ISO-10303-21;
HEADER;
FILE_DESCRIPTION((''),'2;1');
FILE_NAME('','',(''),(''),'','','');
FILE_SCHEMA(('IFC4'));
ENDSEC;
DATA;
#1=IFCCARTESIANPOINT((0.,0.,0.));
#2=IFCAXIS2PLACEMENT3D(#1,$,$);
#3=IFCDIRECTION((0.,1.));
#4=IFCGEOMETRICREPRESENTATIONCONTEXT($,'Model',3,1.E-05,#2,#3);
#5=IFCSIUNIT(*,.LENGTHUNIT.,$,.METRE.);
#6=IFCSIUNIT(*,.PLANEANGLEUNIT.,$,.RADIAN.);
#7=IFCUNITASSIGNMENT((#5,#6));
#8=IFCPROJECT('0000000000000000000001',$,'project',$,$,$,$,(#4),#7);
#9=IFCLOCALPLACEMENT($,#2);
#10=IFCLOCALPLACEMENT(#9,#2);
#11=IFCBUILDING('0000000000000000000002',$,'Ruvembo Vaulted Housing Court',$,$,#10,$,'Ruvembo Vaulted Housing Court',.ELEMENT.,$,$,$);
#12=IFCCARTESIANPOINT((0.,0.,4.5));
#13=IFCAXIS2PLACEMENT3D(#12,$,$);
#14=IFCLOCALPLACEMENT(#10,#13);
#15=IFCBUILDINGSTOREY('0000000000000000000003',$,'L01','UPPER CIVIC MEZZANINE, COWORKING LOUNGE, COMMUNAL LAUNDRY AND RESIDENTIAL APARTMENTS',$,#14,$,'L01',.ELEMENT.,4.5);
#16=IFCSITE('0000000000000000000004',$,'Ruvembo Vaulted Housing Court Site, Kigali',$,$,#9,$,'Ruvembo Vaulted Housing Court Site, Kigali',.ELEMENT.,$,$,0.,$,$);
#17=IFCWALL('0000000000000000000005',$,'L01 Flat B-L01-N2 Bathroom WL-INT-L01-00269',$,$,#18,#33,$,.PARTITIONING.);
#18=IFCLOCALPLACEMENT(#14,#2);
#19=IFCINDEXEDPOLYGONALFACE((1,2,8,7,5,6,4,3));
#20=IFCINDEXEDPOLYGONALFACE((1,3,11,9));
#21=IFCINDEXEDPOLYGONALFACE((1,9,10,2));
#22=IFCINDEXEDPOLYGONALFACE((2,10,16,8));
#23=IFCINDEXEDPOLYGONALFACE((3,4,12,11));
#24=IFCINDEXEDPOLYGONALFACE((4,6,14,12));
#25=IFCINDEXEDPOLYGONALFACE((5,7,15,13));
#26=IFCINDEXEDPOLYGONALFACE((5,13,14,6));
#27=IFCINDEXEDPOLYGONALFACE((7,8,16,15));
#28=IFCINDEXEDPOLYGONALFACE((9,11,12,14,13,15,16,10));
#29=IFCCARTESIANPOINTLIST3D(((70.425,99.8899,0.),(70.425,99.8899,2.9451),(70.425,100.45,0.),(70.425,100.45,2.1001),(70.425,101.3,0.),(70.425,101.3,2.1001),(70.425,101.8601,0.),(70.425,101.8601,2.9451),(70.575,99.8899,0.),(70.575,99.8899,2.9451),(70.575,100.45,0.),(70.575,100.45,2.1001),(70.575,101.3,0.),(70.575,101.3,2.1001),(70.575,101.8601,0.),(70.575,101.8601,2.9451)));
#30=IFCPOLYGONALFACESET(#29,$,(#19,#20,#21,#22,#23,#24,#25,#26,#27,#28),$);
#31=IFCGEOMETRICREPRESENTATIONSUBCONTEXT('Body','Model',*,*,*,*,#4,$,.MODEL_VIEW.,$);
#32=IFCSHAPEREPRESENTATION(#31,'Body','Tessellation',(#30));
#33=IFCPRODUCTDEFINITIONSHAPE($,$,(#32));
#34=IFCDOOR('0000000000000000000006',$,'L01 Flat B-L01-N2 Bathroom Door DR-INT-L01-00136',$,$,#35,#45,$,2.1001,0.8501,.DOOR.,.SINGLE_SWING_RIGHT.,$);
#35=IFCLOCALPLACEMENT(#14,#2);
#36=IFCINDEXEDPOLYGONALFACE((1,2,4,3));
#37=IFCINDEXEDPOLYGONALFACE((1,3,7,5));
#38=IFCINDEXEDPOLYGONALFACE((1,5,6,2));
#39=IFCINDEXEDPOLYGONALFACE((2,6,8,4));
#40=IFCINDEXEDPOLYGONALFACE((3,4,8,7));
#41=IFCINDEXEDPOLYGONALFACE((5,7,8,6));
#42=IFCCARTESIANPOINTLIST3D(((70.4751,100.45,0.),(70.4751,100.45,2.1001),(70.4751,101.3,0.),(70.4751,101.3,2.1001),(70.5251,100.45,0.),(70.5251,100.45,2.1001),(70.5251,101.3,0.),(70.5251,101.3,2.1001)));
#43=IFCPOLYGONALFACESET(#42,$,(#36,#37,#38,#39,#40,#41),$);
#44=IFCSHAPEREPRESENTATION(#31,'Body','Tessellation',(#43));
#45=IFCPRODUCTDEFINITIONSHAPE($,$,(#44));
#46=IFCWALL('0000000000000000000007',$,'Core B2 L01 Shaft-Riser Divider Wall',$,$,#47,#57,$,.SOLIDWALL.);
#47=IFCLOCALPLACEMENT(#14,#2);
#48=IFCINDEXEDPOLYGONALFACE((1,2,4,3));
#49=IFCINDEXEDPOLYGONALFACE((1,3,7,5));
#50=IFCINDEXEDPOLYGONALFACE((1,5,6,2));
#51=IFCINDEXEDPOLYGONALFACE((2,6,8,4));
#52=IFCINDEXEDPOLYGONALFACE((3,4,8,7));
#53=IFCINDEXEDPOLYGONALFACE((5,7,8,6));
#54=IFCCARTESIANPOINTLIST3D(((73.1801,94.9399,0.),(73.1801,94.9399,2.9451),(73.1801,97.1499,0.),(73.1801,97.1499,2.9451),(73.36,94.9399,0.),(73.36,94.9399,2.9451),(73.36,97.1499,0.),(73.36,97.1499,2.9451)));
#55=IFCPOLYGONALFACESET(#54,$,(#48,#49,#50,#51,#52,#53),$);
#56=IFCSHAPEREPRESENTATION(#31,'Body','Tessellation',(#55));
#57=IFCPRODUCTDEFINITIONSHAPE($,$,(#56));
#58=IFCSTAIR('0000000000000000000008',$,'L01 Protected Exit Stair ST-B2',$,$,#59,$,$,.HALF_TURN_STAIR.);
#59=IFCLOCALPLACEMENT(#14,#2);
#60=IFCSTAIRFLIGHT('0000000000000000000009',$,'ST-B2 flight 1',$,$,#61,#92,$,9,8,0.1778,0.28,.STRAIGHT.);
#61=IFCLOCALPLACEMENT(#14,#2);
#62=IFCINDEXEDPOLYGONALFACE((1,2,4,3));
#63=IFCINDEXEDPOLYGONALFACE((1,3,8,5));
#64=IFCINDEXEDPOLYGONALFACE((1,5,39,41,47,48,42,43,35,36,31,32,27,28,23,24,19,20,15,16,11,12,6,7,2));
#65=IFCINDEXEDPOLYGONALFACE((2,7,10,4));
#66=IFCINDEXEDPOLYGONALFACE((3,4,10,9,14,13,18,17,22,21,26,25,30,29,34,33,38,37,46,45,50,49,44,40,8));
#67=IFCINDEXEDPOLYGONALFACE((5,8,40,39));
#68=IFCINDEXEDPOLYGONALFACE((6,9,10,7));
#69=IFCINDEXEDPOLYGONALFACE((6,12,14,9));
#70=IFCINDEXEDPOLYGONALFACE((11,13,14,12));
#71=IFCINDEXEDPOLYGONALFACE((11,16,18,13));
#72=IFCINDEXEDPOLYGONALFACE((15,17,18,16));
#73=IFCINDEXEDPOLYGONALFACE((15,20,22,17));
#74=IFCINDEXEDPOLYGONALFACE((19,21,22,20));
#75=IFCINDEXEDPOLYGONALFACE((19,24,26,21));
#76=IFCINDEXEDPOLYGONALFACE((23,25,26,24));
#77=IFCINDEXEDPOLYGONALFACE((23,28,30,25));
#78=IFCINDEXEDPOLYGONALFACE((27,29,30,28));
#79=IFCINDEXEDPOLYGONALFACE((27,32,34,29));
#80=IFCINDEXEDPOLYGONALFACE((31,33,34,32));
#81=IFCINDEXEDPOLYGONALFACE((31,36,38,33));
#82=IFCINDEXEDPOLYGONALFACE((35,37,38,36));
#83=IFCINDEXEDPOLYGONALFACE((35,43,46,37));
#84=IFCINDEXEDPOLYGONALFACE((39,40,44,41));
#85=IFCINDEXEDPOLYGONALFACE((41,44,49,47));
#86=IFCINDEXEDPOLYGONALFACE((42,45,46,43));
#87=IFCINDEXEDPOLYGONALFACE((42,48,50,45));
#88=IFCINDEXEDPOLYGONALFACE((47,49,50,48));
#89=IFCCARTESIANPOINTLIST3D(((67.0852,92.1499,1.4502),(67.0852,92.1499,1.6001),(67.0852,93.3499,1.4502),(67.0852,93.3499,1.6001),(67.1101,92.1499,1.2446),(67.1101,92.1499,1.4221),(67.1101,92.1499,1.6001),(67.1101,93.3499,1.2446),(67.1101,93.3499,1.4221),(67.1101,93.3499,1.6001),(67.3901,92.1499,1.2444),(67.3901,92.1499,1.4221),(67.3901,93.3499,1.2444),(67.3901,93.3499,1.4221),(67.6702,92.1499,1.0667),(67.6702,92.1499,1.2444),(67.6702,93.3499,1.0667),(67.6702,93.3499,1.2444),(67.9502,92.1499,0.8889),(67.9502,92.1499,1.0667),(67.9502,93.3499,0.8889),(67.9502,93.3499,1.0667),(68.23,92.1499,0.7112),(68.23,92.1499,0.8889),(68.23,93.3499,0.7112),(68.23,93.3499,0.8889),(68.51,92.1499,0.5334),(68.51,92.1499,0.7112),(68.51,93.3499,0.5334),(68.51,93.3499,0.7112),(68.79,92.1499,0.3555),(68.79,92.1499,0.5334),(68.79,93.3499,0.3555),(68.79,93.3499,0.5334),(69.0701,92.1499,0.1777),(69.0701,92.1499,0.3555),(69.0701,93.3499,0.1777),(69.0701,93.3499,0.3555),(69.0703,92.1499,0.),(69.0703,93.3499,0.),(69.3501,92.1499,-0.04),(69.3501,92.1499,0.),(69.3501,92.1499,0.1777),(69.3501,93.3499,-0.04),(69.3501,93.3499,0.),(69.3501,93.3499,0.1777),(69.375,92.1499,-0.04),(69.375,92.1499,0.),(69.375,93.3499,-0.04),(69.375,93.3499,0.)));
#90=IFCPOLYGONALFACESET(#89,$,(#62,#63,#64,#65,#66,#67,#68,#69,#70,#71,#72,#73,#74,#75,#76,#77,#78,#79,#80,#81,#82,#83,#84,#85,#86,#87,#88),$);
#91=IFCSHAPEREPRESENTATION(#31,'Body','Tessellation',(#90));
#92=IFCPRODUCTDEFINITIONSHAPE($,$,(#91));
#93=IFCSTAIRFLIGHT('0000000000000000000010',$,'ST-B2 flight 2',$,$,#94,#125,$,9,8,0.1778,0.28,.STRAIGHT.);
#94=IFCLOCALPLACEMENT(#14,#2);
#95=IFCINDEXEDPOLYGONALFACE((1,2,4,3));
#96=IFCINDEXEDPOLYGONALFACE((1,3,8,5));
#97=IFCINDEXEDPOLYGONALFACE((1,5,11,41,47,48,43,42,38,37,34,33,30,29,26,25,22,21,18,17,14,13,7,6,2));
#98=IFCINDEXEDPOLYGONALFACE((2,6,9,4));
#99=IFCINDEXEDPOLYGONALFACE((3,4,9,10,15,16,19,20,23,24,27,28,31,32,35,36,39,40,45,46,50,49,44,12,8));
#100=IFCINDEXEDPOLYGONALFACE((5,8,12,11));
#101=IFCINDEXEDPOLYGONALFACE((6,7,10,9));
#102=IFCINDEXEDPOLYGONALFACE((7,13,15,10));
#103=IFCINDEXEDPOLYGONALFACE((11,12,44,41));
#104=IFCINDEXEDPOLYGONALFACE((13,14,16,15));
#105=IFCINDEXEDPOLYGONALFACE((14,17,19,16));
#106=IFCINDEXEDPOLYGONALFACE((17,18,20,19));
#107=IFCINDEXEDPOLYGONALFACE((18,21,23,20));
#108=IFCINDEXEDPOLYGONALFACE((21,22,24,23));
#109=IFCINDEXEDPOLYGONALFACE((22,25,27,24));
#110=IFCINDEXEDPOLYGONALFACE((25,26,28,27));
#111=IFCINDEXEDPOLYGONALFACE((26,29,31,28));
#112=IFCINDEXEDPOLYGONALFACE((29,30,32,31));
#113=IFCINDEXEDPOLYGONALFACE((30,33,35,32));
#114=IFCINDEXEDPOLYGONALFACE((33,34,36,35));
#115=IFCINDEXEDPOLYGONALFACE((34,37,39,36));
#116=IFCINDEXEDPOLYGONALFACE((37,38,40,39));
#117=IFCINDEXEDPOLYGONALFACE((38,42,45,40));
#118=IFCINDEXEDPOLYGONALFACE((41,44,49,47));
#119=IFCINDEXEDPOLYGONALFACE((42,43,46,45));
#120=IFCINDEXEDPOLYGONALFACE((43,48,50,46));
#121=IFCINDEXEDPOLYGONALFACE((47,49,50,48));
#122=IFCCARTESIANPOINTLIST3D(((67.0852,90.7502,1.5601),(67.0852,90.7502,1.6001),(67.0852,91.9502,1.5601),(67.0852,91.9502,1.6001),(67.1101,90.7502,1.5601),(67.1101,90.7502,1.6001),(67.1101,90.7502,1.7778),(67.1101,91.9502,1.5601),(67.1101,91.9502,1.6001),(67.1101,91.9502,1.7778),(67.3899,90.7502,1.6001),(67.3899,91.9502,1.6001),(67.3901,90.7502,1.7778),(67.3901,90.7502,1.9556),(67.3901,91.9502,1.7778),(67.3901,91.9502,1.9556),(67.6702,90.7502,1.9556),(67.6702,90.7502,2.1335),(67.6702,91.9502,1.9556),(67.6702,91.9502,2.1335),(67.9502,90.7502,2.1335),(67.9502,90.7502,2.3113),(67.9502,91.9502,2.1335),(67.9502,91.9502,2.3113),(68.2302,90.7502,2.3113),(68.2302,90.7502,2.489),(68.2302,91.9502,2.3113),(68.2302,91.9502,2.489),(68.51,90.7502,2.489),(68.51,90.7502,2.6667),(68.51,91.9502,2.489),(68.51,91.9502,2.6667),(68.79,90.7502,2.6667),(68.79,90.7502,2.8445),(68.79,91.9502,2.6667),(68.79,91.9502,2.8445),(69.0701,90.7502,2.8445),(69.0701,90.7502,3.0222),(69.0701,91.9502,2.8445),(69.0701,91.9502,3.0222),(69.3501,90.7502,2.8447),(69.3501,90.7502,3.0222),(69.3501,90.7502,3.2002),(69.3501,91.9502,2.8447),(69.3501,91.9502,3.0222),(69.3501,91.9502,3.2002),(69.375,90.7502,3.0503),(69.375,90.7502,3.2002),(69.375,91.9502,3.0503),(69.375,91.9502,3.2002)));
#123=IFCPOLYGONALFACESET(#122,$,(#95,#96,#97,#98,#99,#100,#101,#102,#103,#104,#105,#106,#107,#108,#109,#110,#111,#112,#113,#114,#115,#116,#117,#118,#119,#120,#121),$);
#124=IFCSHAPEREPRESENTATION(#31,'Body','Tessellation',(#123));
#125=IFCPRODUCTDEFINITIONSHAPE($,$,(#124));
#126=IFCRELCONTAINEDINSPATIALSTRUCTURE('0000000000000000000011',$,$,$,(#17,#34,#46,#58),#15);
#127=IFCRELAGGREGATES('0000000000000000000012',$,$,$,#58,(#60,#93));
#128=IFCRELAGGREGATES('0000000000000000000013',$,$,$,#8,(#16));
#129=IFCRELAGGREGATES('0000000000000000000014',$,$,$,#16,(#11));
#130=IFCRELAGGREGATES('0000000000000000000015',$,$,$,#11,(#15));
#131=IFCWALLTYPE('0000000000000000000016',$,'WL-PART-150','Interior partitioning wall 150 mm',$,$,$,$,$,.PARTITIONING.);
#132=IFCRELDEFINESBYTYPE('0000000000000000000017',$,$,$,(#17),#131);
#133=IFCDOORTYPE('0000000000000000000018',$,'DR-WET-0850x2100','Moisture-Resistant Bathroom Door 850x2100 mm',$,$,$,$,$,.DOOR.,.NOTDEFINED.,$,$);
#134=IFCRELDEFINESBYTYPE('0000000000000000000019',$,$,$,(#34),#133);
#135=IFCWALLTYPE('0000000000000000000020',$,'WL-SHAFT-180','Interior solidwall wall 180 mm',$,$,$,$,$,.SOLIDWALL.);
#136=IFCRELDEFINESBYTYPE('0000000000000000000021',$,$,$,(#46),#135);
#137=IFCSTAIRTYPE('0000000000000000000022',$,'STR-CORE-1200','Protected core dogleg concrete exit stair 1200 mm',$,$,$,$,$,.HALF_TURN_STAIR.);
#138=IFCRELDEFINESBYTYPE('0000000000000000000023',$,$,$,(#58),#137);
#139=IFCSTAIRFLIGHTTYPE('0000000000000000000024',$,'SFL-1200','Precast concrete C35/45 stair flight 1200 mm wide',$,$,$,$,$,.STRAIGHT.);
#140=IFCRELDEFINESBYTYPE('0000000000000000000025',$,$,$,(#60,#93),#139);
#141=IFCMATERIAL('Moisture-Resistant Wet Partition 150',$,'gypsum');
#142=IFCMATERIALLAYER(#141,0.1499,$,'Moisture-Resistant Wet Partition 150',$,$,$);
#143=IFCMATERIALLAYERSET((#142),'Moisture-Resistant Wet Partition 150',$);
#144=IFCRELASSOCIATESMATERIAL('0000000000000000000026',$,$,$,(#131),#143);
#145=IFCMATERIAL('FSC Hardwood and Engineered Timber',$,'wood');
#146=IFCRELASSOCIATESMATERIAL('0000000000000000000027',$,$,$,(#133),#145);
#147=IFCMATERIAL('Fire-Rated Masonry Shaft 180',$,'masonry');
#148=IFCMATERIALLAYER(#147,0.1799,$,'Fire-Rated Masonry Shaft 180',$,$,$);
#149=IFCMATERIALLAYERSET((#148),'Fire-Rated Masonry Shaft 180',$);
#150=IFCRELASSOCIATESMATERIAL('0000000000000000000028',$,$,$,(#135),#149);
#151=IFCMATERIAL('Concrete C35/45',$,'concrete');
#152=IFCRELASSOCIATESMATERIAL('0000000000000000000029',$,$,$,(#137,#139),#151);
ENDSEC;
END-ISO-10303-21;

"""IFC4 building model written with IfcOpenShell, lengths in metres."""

from ifc_helpers import new_model, si_unit, direction, frame, frame_2d, origin, place, context, subcontext, project, spatial, polyline, rectangle, outline, extrude, material, layer, layer_set, type_object, element, fill, aggregate, save


model = new_model("IFC4")

# Units and contexts
model_context = context("Model", 3, precision=1e-05, world=origin(), true_north=direction((0.0, 1.0)))
body_context = subcontext(model_context, "Body", "Model", "MODEL_VIEW")
ifc_project = project(units=[si_unit("LENGTHUNIT", "METRE"), si_unit("PLANEANGLEUNIT", "RADIAN")], contexts=[model_context])

# Site, building, storey
site_placement = place(None, origin())
site = spatial("IfcSite", under=ifc_project, at=site_placement, Name="Ruvembo Vaulted Housing Court Site, Kigali", LongName="Ruvembo Vaulted Housing Court Site, Kigali", CompositionType="ELEMENT", RefElevation=0.0)
building_placement = place(site_placement, origin())
building = spatial("IfcBuilding", under=site, at=building_placement, Name="Ruvembo Vaulted Housing Court", LongName="Ruvembo Vaulted Housing Court", CompositionType="ELEMENT")
storey_placement = place(building_placement, frame((0.0, 0.0, 4.5)))
storey = spatial("IfcBuildingStorey", under=building, at=storey_placement, Name="L01", Description="UPPER CIVIC MEZZANINE, COWORKING LOUNGE, COMMUNAL LAUNDRY AND RESIDENTIAL APARTMENTS", LongName="L01", CompositionType="ELEMENT", Elevation=4.5)

# Shared definitions
ifc_material_1 = material(Name="Concrete C35/45", Category="concrete")

# Wall, opening, door
ifc_material_2 = material(Name="FSC Hardwood and Engineered Timber", Category="wood")
ifc_material_3 = material(Name="Moisture-Resistant Wet Partition 150", Category="gypsum")
ifc_layer_1 = layer(ifc_material_3, 0.1499, Name="Moisture-Resistant Wet Partition 150")
ifc_layer_set_1 = layer_set([ifc_layer_1], Name="Moisture-Resistant Wet Partition 150")
wall_type_1 = type_object("IfcWallType", Name="WL-PART-150", Description="Interior partitioning wall 150 mm", PredefinedType="PARTITIONING", material=ifc_layer_set_1)
wall_1_placement = place(storey_placement, frame((70.5, 99.8899, 0.0), z_axis=(0.0, 0.0, 1.0), x_axis=(0.0, 1.0, 0.0)))
wall_1 = element("IfcWall", 1, at=wall_1_placement, inside=storey, type_object=wall_type_1, Name="L01 Flat B-L01-N2 Bathroom WL-INT-L01-00269", PredefinedType="PARTITIONING", context=body_context, shape_type="SweptSolid", body=[
    extrude(rectangle(XDim=1.9702, YDim=0.1499, at=frame_2d((0.9851, 0.0))), origin(), (0.0, 0.0, 1.0), 2.9451),
])
opening_1_placement = place(wall_1_placement, frame((0.5601, 0.0, 0.0)))
opening_1 = element("IfcOpeningElement", 2, at=opening_1_placement, cuts=wall_1, PredefinedType="OPENING", context=body_context, shape_type="SweptSolid", body=[
    extrude(rectangle(XDim=0.8501, YDim=2.1001, at=frame_2d((0.425, 1.05))), frame((0.0, 0.085, 0.0), z_axis=(0.0, -1.0, 0.0), x_axis=(1.0, 0.0, 0.0)), (0.0, 0.0, 1.0), 0.1699),
])
door_type_1 = type_object("IfcDoorType", Name="DR-WET-0850x2100", Description="Moisture-Resistant Bathroom Door 850x2100 mm", OperationType="NOTDEFINED", PredefinedType="DOOR", material=ifc_material_2)
door_1_placement = place(opening_1_placement, origin())
door_1 = element("IfcDoor", 3, at=door_1_placement, inside=storey, type_object=door_type_1, Name="L01 Flat B-L01-N2 Bathroom Door DR-INT-L01-00136", OperationType="SINGLE_SWING_RIGHT", OverallHeight=2.1001, OverallWidth=0.8501, PredefinedType="DOOR", context=body_context, shape_type="SweptSolid", body=[
    extrude(rectangle(XDim=0.8501, YDim=2.1001, at=frame_2d((0.425, 1.05))), frame((0.0, 0.0249, 0.0), z_axis=(0.0, -1.0, 0.0), x_axis=(1.0, 0.0, 0.0)), (0.0, 0.0, 1.0), 0.05),
])
fill(opening_1, door_1)

# Shared definitions
ifc_material_4 = material(Name="Fire-Rated Masonry Shaft 180", Category="masonry")
ifc_layer_2 = layer(ifc_material_4, 0.1799, Name="Fire-Rated Masonry Shaft 180")
ifc_layer_set_2 = layer_set([ifc_layer_2], Name="Fire-Rated Masonry Shaft 180")
wall_type_2 = type_object("IfcWallType", Name="WL-SHAFT-180", Description="Interior solidwall wall 180 mm", PredefinedType="SOLIDWALL", material=ifc_layer_set_2)

# Wall
wall_2_placement = place(storey_placement, frame((73.27, 94.9399, 0.0), z_axis=(0.0, 0.0, 1.0), x_axis=(0.0, 1.0, 0.0)))
element("IfcWall", 4, at=wall_2_placement, inside=storey, type_object=wall_type_2, Name="Core B2 L01 Shaft-Riser Divider Wall", PredefinedType="SOLIDWALL", context=body_context, shape_type="SweptSolid", body=[
    extrude(rectangle(XDim=2.21, YDim=0.1799, at=frame_2d((1.105, 0.0))), origin(), (0.0, 0.0, 1.0), 2.9451),
])

# Stair, stair flights
stair_type = type_object("IfcStairType", Name="STR-CORE-1200", Description="Protected core dogleg concrete exit stair 1200 mm", PredefinedType="HALF_TURN_STAIR", material=ifc_material_1)
stair_placement = place(storey_placement, origin())
stair = element("IfcStair", 5, at=stair_placement, inside=storey, type_object=stair_type, Name="L01 Protected Exit Stair ST-B2", PredefinedType="HALF_TURN_STAIR")
stair_flight_type = type_object("IfcStairFlightType", Name="SFL-1200", Description="Precast concrete C35/45 stair flight 1200 mm wide", PredefinedType="STRAIGHT", material=ifc_material_1)
stair_flight_1_placement = place(storey_placement, frame((69.3501, 92.75, 0.0), z_axis=(0.0, 0.0, 1.0), x_axis=(-1.0, 0.0, 0.0)))
stair_flight_1 = element("IfcStairFlight", 6, at=stair_flight_1_placement, type_object=stair_flight_type, Name="ST-B2 flight 1", NumberOfRisers=9, NumberOfTreads=8, PredefinedType="STRAIGHT", RiserHeight=0.1778, TreadLength=0.28, context=body_context, shape_type="SweptSolid", body=[
    extrude(outline(polyline([(-0.0249, -0.04), (-0.0249, 0.0), (0.0, 0.0), (0.0, 0.1777), (0.28, 0.1777), (0.28, 0.3555), (0.5601, 0.3555), (0.5601, 0.5334), (0.8401, 0.5334), (0.8401, 0.7112), (1.1201, 0.7112), (1.1201, 0.8889), (1.3999, 0.8889), (1.3999, 1.0667), (1.6799, 1.0667), (1.6799, 1.2444), (1.96, 1.2444), (1.96, 1.4221), (2.24, 1.4221), (2.24, 1.6001), (2.2649, 1.6001), (2.2649, 1.4502), (2.24, 1.2446), (0.2798, 0.0), (0.0, -0.04), (-0.0249, -0.04)])), frame((0.0, 0.6001, 0.0), z_axis=(0.0, -1.0, 0.0), x_axis=(1.0, 0.0, 0.0)), (0.0, 0.0, 1.0), 1.2),
])
stair_flight_2_placement = place(storey_placement, frame((67.1101, 91.3501, 1.6001), z_axis=(0.0, 0.0, 1.0), x_axis=(1.0, 0.0, 0.0)))
stair_flight_2 = element("IfcStairFlight", 7, at=stair_flight_2_placement, type_object=stair_flight_type, Name="ST-B2 flight 2", NumberOfRisers=9, NumberOfTreads=8, PredefinedType="STRAIGHT", RiserHeight=0.1778, TreadLength=0.28, context=body_context, shape_type="SweptSolid", body=[
    extrude(outline(polyline([(-0.0249, -0.04), (-0.0249, 0.0), (0.0, 0.0), (0.0, 0.1777), (0.28, 0.1777), (0.28, 0.3555), (0.5601, 0.3555), (0.5601, 0.5334), (0.8401, 0.5334), (0.8401, 0.7112), (1.1201, 0.7112), (1.1201, 0.8889), (1.3999, 0.8889), (1.3999, 1.0667), (1.6799, 1.0667), (1.6799, 1.2444), (1.96, 1.2444), (1.96, 1.4221), (2.24, 1.4221), (2.24, 1.6001), (2.2649, 1.6001), (2.2649, 1.4502), (2.24, 1.2446), (0.2798, 0.0), (0.0, -0.04), (-0.0249, -0.04)])), frame((0.0, 0.6001, 0.0), z_axis=(0.0, -1.0, 0.0), x_axis=(1.0, 0.0, 0.0)), (0.0, 0.0, 1.0), 1.2),
])
aggregate(stair, [stair_flight_1, stair_flight_2])

save(model, "model.ifc")
